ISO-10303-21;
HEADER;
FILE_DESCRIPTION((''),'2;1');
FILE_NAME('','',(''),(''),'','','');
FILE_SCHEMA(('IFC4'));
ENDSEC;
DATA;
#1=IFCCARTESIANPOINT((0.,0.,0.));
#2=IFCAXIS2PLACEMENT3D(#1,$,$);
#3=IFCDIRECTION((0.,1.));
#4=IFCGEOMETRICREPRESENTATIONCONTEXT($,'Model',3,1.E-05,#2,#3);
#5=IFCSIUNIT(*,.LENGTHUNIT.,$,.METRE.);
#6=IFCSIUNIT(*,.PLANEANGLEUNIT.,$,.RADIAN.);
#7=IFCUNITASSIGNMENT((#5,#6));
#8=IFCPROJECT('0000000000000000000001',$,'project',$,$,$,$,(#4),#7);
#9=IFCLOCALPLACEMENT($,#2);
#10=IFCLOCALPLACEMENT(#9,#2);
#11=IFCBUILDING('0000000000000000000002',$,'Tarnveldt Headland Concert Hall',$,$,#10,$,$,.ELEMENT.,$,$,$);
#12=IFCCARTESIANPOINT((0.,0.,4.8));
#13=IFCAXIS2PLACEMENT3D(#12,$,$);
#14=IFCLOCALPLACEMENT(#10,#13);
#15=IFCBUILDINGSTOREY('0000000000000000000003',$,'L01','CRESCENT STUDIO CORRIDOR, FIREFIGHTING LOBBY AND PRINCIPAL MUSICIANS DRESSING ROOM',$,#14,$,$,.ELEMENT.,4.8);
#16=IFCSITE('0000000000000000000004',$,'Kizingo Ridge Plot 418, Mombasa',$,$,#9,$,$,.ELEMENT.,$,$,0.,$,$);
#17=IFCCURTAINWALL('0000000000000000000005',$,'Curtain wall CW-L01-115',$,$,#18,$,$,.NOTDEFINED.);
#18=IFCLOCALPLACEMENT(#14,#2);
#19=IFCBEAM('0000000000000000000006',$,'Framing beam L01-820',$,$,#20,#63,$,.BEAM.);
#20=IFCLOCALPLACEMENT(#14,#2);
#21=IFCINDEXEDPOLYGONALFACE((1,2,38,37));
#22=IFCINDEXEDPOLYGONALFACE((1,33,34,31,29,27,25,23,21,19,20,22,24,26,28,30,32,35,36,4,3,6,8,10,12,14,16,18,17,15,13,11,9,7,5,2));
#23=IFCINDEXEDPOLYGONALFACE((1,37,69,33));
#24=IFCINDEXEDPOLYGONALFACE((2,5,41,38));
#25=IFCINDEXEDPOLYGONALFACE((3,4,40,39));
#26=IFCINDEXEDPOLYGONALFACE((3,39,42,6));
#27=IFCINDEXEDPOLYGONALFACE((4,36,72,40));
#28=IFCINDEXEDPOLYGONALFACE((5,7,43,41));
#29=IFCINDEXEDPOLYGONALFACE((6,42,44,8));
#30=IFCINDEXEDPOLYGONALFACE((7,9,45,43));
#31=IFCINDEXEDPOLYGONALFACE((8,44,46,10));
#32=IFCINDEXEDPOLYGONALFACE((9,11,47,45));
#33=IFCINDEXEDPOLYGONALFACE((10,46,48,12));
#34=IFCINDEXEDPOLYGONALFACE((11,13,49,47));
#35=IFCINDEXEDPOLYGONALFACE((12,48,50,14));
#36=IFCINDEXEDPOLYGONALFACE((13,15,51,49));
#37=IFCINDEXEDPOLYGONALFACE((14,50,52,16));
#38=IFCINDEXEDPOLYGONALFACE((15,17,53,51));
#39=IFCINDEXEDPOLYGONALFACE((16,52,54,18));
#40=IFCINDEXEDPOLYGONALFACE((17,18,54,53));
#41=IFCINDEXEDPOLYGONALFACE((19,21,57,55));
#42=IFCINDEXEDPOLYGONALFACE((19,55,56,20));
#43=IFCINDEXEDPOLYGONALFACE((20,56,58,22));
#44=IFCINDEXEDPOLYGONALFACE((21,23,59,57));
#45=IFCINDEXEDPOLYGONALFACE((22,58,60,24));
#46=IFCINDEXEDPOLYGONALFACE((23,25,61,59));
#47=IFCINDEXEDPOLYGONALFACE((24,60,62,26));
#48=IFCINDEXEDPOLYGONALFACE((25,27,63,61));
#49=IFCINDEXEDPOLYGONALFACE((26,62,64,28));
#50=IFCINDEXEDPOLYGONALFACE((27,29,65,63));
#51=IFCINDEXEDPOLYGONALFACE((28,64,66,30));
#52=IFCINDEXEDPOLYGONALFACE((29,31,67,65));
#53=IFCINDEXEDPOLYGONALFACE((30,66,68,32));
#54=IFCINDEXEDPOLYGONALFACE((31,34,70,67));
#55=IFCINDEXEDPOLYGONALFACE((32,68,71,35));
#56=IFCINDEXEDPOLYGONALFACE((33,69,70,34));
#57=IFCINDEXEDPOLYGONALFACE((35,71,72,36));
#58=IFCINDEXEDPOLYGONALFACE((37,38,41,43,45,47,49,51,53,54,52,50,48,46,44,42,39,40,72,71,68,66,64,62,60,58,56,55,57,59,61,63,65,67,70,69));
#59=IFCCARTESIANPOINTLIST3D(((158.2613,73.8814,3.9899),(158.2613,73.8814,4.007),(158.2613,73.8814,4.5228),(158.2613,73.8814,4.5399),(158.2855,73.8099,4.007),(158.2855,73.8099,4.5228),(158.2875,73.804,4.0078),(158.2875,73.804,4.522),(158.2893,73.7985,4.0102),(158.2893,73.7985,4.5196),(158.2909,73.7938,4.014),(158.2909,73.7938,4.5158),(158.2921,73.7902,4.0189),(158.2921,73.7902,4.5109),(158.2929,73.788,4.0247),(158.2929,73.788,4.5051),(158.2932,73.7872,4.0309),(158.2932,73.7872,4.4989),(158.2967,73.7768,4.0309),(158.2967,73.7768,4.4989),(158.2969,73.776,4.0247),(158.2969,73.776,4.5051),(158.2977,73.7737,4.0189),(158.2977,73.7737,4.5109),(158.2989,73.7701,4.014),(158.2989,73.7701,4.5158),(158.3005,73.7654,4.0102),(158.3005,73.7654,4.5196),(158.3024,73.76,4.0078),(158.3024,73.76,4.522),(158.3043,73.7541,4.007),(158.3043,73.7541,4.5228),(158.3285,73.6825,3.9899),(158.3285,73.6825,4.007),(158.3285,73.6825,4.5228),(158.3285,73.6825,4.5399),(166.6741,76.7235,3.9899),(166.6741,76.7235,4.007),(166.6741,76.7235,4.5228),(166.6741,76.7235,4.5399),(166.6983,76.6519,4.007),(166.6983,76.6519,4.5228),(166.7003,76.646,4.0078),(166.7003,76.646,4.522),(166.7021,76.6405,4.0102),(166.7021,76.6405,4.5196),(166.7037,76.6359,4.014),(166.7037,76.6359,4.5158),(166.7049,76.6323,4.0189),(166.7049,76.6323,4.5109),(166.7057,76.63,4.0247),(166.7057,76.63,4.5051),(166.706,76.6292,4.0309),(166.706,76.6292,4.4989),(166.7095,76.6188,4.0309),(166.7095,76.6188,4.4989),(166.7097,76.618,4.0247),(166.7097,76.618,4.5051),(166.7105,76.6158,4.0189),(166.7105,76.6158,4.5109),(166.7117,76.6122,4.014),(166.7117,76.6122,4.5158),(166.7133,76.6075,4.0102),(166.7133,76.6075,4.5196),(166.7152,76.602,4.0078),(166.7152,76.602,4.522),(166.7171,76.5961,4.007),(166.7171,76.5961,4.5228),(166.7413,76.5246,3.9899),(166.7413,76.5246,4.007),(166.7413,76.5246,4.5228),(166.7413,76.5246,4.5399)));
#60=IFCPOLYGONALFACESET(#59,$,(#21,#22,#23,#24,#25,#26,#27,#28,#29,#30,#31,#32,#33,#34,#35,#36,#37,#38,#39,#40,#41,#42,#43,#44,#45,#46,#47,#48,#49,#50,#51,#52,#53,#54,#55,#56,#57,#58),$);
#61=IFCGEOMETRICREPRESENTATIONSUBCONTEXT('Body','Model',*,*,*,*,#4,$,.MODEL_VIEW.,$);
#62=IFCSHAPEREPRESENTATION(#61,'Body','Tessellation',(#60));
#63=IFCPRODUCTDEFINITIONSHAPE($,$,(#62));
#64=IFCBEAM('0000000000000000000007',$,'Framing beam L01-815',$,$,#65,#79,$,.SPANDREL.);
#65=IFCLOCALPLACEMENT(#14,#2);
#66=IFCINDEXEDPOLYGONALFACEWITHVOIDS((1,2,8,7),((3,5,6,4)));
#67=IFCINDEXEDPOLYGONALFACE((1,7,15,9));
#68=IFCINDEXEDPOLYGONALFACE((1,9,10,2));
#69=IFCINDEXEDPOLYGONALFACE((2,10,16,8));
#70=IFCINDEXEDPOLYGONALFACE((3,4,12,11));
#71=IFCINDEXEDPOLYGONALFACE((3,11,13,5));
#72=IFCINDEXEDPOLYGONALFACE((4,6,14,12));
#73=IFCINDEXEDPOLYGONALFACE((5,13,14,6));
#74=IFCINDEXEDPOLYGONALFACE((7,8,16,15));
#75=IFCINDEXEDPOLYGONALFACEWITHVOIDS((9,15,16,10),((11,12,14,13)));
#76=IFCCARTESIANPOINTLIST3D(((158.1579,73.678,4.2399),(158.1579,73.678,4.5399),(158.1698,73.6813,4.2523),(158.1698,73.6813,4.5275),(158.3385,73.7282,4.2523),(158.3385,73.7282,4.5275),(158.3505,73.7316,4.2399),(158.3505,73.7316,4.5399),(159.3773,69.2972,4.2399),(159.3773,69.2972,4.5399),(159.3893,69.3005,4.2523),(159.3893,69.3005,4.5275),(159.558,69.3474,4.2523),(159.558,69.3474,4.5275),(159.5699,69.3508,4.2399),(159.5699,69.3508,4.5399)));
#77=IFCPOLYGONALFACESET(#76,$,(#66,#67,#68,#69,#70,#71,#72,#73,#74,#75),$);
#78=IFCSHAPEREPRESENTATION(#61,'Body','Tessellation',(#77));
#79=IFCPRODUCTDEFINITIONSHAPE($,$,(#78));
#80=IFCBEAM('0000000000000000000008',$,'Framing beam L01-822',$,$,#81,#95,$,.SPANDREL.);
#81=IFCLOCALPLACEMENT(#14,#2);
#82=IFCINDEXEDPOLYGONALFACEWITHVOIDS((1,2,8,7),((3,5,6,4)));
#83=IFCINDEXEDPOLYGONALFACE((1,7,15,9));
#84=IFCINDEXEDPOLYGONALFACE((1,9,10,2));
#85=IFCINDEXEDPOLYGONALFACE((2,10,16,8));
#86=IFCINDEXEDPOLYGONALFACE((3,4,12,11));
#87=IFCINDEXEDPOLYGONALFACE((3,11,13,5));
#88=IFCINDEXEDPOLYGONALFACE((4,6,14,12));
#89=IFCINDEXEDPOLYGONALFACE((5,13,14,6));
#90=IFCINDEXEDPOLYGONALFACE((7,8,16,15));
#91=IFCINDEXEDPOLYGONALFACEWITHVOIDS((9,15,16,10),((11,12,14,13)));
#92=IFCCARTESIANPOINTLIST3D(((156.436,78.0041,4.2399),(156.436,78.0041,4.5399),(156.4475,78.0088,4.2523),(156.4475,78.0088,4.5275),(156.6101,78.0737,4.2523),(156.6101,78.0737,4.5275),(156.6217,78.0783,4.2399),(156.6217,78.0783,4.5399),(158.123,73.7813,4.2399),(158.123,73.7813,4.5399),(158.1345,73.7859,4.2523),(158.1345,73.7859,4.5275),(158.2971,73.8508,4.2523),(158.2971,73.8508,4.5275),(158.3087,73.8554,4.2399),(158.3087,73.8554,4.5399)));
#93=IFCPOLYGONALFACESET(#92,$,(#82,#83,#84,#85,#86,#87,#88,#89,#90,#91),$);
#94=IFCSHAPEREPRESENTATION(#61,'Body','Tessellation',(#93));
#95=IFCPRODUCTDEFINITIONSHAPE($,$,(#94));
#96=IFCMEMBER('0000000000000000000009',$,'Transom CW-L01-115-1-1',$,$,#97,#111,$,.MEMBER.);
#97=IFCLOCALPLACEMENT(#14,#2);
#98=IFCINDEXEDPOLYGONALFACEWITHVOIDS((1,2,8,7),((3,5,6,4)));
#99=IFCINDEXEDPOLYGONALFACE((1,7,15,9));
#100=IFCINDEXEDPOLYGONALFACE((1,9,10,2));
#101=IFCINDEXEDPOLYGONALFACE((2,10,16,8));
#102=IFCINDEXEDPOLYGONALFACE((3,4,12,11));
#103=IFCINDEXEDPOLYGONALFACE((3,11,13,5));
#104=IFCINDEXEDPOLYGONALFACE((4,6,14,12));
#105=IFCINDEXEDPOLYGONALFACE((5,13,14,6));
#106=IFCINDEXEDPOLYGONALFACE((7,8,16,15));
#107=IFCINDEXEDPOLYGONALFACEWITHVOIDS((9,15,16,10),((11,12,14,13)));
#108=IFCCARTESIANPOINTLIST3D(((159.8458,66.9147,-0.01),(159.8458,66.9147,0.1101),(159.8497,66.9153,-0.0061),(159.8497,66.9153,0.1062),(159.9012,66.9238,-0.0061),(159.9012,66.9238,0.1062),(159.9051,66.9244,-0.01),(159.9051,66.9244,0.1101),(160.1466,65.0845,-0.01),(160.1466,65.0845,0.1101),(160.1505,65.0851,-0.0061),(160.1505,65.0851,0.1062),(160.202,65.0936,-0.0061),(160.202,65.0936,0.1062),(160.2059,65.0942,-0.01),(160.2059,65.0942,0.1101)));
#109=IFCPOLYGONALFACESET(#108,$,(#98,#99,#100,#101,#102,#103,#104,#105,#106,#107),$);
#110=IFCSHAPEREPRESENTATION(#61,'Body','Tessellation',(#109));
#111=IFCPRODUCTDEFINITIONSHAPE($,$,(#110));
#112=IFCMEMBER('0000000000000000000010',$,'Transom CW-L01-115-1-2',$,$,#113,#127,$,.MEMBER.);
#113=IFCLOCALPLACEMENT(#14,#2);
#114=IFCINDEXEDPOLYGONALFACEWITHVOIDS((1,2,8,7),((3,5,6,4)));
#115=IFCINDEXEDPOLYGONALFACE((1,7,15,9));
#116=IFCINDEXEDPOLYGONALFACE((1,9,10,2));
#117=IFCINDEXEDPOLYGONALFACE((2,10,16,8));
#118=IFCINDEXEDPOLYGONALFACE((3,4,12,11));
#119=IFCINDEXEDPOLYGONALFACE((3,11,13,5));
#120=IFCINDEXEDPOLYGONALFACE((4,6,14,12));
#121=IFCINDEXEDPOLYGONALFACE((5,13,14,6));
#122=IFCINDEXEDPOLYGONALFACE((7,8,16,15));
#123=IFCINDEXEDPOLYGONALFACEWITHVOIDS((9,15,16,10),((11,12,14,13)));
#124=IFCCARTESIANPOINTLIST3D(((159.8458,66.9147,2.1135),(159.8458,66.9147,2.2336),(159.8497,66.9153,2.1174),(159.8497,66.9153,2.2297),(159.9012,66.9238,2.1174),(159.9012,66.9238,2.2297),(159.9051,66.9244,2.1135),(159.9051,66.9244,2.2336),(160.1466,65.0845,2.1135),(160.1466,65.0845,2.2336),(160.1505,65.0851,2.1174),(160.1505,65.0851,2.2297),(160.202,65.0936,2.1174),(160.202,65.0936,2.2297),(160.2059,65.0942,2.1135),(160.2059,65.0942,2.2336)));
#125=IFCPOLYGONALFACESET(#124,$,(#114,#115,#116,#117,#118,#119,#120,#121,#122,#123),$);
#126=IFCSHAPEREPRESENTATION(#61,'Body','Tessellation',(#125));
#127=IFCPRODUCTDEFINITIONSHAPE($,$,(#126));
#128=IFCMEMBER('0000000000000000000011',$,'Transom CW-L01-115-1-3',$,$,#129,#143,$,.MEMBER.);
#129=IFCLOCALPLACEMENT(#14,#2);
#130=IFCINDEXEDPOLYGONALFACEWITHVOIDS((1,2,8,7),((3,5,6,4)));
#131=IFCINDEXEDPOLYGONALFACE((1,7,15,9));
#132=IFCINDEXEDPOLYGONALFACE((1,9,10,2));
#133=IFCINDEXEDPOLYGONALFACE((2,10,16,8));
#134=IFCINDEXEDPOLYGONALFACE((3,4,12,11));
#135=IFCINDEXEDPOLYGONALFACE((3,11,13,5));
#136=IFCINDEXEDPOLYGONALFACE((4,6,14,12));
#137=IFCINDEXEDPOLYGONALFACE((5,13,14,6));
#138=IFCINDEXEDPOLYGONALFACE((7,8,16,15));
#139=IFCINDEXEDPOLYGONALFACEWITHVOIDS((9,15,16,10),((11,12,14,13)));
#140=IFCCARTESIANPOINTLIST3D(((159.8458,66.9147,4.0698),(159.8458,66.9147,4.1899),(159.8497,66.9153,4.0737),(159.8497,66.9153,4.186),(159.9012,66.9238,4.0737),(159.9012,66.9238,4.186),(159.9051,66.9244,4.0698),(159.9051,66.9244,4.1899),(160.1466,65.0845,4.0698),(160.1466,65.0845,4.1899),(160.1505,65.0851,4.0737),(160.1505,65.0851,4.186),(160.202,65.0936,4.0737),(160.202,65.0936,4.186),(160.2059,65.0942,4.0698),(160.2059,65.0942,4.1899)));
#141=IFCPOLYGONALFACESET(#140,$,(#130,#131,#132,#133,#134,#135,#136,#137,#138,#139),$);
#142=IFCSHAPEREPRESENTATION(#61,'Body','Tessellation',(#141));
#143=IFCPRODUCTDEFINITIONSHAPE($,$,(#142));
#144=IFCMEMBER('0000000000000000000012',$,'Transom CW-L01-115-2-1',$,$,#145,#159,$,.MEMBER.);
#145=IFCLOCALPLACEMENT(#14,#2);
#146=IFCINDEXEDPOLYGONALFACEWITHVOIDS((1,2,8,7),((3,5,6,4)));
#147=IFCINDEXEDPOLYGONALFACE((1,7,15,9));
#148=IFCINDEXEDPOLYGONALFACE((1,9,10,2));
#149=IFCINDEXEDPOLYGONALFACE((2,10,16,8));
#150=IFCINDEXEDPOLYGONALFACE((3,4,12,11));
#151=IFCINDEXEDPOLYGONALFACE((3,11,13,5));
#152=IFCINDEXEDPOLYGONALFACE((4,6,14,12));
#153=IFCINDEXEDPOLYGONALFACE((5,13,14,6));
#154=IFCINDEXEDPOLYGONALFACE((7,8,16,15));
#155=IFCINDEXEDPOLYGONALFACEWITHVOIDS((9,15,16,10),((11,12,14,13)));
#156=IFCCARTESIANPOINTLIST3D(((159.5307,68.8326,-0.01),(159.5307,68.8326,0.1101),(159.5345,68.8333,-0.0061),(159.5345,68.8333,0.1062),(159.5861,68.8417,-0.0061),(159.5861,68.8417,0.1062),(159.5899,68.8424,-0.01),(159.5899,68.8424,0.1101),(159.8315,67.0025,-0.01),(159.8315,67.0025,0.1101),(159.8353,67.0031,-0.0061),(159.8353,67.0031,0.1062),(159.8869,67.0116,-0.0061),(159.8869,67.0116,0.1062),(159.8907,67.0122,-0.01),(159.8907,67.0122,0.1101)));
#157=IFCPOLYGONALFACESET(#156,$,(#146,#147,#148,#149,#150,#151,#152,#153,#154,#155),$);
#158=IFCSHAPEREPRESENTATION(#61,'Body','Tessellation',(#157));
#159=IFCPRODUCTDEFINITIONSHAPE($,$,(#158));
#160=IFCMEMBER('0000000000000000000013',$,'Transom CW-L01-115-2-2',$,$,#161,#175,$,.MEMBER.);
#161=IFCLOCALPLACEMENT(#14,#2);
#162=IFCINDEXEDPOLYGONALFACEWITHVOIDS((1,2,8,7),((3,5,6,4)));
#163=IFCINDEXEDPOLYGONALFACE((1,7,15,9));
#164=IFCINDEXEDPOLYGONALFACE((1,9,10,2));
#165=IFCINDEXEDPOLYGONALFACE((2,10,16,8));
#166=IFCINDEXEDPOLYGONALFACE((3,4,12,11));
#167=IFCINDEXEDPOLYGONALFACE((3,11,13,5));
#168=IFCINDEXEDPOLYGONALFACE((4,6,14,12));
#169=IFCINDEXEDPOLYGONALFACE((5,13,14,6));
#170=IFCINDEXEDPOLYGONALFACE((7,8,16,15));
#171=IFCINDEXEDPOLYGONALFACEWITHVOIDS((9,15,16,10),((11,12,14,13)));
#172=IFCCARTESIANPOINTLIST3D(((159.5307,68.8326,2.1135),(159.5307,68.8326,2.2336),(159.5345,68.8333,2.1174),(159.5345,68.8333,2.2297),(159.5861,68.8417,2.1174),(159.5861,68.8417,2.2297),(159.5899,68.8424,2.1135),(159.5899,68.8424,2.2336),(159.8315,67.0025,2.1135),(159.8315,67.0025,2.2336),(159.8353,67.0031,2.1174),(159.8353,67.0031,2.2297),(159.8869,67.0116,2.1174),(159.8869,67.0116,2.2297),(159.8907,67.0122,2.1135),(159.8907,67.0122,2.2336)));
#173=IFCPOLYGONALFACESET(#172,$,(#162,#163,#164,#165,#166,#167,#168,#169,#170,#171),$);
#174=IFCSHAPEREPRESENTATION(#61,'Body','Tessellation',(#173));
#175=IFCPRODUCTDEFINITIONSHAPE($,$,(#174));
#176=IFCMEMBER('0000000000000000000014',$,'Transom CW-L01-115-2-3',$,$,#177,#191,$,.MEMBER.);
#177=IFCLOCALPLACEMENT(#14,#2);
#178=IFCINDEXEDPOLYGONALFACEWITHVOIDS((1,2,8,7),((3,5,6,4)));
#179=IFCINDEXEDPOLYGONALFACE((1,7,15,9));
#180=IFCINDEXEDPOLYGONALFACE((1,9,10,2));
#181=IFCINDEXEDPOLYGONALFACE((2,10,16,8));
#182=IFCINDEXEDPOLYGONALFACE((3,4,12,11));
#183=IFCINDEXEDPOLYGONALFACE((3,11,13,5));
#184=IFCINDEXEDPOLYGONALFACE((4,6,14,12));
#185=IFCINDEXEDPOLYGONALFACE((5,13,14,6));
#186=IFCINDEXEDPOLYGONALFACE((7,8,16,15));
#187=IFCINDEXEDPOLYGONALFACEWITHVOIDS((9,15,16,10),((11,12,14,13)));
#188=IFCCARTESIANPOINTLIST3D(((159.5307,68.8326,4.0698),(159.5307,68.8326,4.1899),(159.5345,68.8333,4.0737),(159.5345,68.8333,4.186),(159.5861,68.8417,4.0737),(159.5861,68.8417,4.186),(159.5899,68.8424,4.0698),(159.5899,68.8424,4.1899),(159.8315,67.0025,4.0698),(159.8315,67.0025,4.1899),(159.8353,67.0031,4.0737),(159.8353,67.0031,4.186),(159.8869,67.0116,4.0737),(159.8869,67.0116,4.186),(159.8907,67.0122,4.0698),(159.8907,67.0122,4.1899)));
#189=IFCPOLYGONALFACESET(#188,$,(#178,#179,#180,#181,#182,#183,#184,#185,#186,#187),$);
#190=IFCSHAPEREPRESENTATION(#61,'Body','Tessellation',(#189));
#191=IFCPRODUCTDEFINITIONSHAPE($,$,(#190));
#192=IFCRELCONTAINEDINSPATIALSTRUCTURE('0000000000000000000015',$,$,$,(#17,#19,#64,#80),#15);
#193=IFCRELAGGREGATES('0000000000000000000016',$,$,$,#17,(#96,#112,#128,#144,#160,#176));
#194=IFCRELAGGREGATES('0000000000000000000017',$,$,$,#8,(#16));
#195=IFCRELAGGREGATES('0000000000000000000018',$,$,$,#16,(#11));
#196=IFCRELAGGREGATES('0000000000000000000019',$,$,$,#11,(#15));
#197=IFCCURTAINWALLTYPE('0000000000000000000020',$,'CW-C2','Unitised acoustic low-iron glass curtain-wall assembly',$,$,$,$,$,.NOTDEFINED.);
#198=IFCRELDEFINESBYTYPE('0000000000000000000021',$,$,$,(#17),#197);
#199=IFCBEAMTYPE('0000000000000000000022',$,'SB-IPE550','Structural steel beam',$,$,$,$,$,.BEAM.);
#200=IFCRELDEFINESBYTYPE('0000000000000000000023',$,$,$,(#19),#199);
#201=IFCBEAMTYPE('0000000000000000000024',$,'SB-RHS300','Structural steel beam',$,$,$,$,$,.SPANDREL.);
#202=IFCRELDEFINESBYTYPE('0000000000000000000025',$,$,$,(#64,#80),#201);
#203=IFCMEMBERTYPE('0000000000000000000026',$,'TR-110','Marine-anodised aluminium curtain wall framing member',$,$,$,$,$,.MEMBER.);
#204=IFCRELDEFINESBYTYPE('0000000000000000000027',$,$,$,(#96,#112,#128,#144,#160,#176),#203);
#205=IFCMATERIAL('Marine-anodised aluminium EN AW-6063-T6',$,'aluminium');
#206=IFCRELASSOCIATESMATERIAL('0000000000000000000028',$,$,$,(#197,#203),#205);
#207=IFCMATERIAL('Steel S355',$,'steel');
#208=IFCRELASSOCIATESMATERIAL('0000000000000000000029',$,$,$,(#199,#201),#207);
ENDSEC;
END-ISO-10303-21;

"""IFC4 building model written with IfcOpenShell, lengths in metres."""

from ifc_helpers import new_model, si_unit, direction, frame, origin, origin_2d, place, context, subcontext, project, spatial, hollow_rectangle, i_section, extrude, material, material_profile, profile_set, type_object, element, aggregate, save


model = new_model("IFC4")

# Units and contexts
model_context = context("Model", 3, precision=1e-05, world=origin(), true_north=direction((0.0, 1.0)))
body_context = subcontext(model_context, "Body", "Model", "MODEL_VIEW")
ifc_project = project(units=[si_unit("LENGTHUNIT", "METRE"), si_unit("PLANEANGLEUNIT", "RADIAN")], contexts=[model_context])

# Site, building, storey
site_placement = place(None, origin())
site = spatial("IfcSite", under=ifc_project, at=site_placement, Name="Kizingo Ridge Plot 418, Mombasa", CompositionType="ELEMENT", RefElevation=0.0)
building_placement = place(site_placement, origin())
building = spatial("IfcBuilding", under=site, at=building_placement, Name="Tarnveldt Headland Concert Hall", CompositionType="ELEMENT")
storey_placement = place(building_placement, frame((0.0, 0.0, 4.8)))
storey = spatial("IfcBuildingStorey", under=building, at=storey_placement, Name="L01", Description="CRESCENT STUDIO CORRIDOR, FIREFIGHTING LOBBY AND PRINCIPAL MUSICIANS DRESSING ROOM", CompositionType="ELEMENT", Elevation=4.8)

# Curtain wall
ifc_material_1 = material(Name="Marine-anodised aluminium EN AW-6063-T6", Category="aluminium")
curtain_wall_type = type_object("IfcCurtainWallType", Name="CW-C2", Description="Unitised acoustic low-iron glass curtain-wall assembly", PredefinedType="NOTDEFINED", material=ifc_material_1)
curtain_wall_1_placement = place(storey_placement, origin())
curtain_wall_1 = element("IfcCurtainWall", 1, at=curtain_wall_1_placement, inside=storey, type_object=curtain_wall_type, Name="Curtain wall CW-L01-115", PredefinedType="NOTDEFINED")

# Beams
ifc_material_2 = material(Name="Steel S355", Category="steel")
ifc_material_profile_1 = material_profile(ifc_material_2, i_section(OverallWidth=0.21, OverallDepth=0.55, WebThickness=0.011, FlangeThickness=0.0171, FilletRadius=0.0239, at=origin_2d()), Name="IPE550", Category="steel")
ifc_profile_set_1 = profile_set([ifc_material_profile_1], Name="Steel S355")
beam_type_1 = type_object("IfcBeamType", Name="SB-IPE550", Description="Structural steel beam", PredefinedType="BEAM", material=ifc_profile_set_1)
beam_1_placement = place(storey_placement, frame((158.2949, 73.782, 4.2649), z_axis=(0.9474, 0.320052, 0.0), x_axis=(-0.320052, 0.9474, 0.0)))
element("IfcBeam", 2, at=beam_1_placement, inside=storey, type_object=beam_type_1, Name="Framing beam L01-820", PredefinedType="BEAM", context=body_context, shape_type="SweptSolid", body=[
    extrude(i_section(OverallWidth=0.21, OverallDepth=0.55, WebThickness=0.011, FlangeThickness=0.0171, FilletRadius=0.0239, at=origin_2d()), origin(), (0.0, 0.0, 1.0), 8.8799),
])
ifc_material_profile_2 = material_profile(ifc_material_2, hollow_rectangle(XDim=0.2, YDim=0.3, WallThickness=0.0125, at=origin_2d()), Name="RHS 300x200x12.5", Category="steel")
ifc_profile_set_2 = profile_set([ifc_material_profile_2], Name="Steel S355")
beam_type_2 = type_object("IfcBeamType", Name="SB-RHS300", Description="Structural steel beam", PredefinedType="SPANDREL", material=ifc_profile_set_2)
for number, where, z_axis, x_axis, name in (
    (3, (159.4736, 69.324, 4.3899), (-0.26817, 0.963372, 0.0), (-0.963372, -0.26817, 0.0), "Framing beam L01-815"),
    (4, (158.2158, 73.8184, 4.3899), (-0.370983, 0.92864, 0.0), (-0.92864, -0.370983, 0.0), "Framing beam L01-822"),
):
    element("IfcBeam", number, at=place(storey_placement, frame(where, z_axis=z_axis, x_axis=x_axis)), inside=storey, type_object=beam_type_2, Name=name, PredefinedType="SPANDREL", context=body_context, shape_type="SweptSolid", body=[
        extrude(hollow_rectangle(XDim=0.2, YDim=0.3, WallThickness=0.0125, at=origin_2d()), origin(), (0.0, 0.0, 1.0), 4.5474),
    ])

# Members
ifc_material_profile_3 = material_profile(ifc_material_1, hollow_rectangle(XDim=0.0601, YDim=0.1201, WallThickness=0.0039, at=origin_2d()), Name="ALU TRANSOM 60x120x4", Category="aluminium")
ifc_profile_set_3 = profile_set([ifc_material_profile_3], Name="Marine-anodised aluminium EN AW-6063-T6")
member_type_1 = type_object("IfcMemberType", Name="TR-110", Description="Marine-anodised aluminium curtain wall framing member", PredefinedType="MEMBER", material=ifc_profile_set_3)
member_1_placement = place(storey_placement, frame((160.1763, 65.0894, 0.05), z_axis=(-0.162179, 0.986761, 0.0), x_axis=(-0.986761, -0.162179, 0.0)))
member_1 = element("IfcMember", 5, at=member_1_placement, type_object=member_type_1, Name="Transom CW-L01-115-1-1", PredefinedType="MEMBER", context=body_context, shape_type="SweptSolid", body=[
    extrude(hollow_rectangle(XDim=0.0601, YDim=0.1201, WallThickness=0.0039, at=origin_2d()), origin(), (0.0, 0.0, 1.0), 1.8547),
])
member_2_placement = place(storey_placement, frame((160.1763, 65.0894, 2.1736), z_axis=(-0.162179, 0.986761, 0.0), x_axis=(-0.986761, -0.162179, 0.0)))
member_2 = element("IfcMember", 6, at=member_2_placement, type_object=member_type_1, Name="Transom CW-L01-115-1-2", PredefinedType="MEMBER", context=body_context, shape_type="SweptSolid", body=[
    extrude(hollow_rectangle(XDim=0.0601, YDim=0.1201, WallThickness=0.0039, at=origin_2d()), origin(), (0.0, 0.0, 1.0), 1.8547),
])
member_3_placement = place(storey_placement, frame((160.1763, 65.0894, 4.1299), z_axis=(-0.162179, 0.986761, 0.0), x_axis=(-0.986761, -0.162179, 0.0)))
member_3 = element("IfcMember", 7, at=member_3_placement, type_object=member_type_1, Name="Transom CW-L01-115-1-3", PredefinedType="MEMBER", context=body_context, shape_type="SweptSolid", body=[
    extrude(hollow_rectangle(XDim=0.0601, YDim=0.1201, WallThickness=0.0039, at=origin_2d()), origin(), (0.0, 0.0, 1.0), 1.8547),
])
member_4_placement = place(storey_placement, frame((159.8611, 67.0073, 0.05), z_axis=(-0.162179, 0.986761, 0.0), x_axis=(-0.986761, -0.162179, 0.0)))
member_4 = element("IfcMember", 8, at=member_4_placement, type_object=member_type_1, Name="Transom CW-L01-115-2-1", PredefinedType="MEMBER", context=body_context, shape_type="SweptSolid", body=[
    extrude(hollow_rectangle(XDim=0.0601, YDim=0.1201, WallThickness=0.0039, at=origin_2d()), origin(), (0.0, 0.0, 1.0), 1.8547),
])
member_5_placement = place(storey_placement, frame((159.8611, 67.0073, 2.1736), z_axis=(-0.162179, 0.986761, 0.0), x_axis=(-0.986761, -0.162179, 0.0)))
member_5 = element("IfcMember", 9, at=member_5_placement, type_object=member_type_1, Name="Transom CW-L01-115-2-2", PredefinedType="MEMBER", context=body_context, shape_type="SweptSolid", body=[
    extrude(hollow_rectangle(XDim=0.0601, YDim=0.1201, WallThickness=0.0039, at=origin_2d()), origin(), (0.0, 0.0, 1.0), 1.8547),
])
member_6_placement = place(storey_placement, frame((159.8611, 67.0073, 4.1299), z_axis=(-0.162179, 0.986761, 0.0), x_axis=(-0.986761, -0.162179, 0.0)))
member_6 = element("IfcMember", 10, at=member_6_placement, type_object=member_type_1, Name="Transom CW-L01-115-2-3", PredefinedType="MEMBER", context=body_context, shape_type="SweptSolid", body=[
    extrude(hollow_rectangle(XDim=0.0601, YDim=0.1201, WallThickness=0.0039, at=origin_2d()), origin(), (0.0, 0.0, 1.0), 1.8547),
])

aggregate(curtain_wall_1, [member_1, member_2, member_3, member_4, member_5, member_6])

save(model, "model.ifc")
